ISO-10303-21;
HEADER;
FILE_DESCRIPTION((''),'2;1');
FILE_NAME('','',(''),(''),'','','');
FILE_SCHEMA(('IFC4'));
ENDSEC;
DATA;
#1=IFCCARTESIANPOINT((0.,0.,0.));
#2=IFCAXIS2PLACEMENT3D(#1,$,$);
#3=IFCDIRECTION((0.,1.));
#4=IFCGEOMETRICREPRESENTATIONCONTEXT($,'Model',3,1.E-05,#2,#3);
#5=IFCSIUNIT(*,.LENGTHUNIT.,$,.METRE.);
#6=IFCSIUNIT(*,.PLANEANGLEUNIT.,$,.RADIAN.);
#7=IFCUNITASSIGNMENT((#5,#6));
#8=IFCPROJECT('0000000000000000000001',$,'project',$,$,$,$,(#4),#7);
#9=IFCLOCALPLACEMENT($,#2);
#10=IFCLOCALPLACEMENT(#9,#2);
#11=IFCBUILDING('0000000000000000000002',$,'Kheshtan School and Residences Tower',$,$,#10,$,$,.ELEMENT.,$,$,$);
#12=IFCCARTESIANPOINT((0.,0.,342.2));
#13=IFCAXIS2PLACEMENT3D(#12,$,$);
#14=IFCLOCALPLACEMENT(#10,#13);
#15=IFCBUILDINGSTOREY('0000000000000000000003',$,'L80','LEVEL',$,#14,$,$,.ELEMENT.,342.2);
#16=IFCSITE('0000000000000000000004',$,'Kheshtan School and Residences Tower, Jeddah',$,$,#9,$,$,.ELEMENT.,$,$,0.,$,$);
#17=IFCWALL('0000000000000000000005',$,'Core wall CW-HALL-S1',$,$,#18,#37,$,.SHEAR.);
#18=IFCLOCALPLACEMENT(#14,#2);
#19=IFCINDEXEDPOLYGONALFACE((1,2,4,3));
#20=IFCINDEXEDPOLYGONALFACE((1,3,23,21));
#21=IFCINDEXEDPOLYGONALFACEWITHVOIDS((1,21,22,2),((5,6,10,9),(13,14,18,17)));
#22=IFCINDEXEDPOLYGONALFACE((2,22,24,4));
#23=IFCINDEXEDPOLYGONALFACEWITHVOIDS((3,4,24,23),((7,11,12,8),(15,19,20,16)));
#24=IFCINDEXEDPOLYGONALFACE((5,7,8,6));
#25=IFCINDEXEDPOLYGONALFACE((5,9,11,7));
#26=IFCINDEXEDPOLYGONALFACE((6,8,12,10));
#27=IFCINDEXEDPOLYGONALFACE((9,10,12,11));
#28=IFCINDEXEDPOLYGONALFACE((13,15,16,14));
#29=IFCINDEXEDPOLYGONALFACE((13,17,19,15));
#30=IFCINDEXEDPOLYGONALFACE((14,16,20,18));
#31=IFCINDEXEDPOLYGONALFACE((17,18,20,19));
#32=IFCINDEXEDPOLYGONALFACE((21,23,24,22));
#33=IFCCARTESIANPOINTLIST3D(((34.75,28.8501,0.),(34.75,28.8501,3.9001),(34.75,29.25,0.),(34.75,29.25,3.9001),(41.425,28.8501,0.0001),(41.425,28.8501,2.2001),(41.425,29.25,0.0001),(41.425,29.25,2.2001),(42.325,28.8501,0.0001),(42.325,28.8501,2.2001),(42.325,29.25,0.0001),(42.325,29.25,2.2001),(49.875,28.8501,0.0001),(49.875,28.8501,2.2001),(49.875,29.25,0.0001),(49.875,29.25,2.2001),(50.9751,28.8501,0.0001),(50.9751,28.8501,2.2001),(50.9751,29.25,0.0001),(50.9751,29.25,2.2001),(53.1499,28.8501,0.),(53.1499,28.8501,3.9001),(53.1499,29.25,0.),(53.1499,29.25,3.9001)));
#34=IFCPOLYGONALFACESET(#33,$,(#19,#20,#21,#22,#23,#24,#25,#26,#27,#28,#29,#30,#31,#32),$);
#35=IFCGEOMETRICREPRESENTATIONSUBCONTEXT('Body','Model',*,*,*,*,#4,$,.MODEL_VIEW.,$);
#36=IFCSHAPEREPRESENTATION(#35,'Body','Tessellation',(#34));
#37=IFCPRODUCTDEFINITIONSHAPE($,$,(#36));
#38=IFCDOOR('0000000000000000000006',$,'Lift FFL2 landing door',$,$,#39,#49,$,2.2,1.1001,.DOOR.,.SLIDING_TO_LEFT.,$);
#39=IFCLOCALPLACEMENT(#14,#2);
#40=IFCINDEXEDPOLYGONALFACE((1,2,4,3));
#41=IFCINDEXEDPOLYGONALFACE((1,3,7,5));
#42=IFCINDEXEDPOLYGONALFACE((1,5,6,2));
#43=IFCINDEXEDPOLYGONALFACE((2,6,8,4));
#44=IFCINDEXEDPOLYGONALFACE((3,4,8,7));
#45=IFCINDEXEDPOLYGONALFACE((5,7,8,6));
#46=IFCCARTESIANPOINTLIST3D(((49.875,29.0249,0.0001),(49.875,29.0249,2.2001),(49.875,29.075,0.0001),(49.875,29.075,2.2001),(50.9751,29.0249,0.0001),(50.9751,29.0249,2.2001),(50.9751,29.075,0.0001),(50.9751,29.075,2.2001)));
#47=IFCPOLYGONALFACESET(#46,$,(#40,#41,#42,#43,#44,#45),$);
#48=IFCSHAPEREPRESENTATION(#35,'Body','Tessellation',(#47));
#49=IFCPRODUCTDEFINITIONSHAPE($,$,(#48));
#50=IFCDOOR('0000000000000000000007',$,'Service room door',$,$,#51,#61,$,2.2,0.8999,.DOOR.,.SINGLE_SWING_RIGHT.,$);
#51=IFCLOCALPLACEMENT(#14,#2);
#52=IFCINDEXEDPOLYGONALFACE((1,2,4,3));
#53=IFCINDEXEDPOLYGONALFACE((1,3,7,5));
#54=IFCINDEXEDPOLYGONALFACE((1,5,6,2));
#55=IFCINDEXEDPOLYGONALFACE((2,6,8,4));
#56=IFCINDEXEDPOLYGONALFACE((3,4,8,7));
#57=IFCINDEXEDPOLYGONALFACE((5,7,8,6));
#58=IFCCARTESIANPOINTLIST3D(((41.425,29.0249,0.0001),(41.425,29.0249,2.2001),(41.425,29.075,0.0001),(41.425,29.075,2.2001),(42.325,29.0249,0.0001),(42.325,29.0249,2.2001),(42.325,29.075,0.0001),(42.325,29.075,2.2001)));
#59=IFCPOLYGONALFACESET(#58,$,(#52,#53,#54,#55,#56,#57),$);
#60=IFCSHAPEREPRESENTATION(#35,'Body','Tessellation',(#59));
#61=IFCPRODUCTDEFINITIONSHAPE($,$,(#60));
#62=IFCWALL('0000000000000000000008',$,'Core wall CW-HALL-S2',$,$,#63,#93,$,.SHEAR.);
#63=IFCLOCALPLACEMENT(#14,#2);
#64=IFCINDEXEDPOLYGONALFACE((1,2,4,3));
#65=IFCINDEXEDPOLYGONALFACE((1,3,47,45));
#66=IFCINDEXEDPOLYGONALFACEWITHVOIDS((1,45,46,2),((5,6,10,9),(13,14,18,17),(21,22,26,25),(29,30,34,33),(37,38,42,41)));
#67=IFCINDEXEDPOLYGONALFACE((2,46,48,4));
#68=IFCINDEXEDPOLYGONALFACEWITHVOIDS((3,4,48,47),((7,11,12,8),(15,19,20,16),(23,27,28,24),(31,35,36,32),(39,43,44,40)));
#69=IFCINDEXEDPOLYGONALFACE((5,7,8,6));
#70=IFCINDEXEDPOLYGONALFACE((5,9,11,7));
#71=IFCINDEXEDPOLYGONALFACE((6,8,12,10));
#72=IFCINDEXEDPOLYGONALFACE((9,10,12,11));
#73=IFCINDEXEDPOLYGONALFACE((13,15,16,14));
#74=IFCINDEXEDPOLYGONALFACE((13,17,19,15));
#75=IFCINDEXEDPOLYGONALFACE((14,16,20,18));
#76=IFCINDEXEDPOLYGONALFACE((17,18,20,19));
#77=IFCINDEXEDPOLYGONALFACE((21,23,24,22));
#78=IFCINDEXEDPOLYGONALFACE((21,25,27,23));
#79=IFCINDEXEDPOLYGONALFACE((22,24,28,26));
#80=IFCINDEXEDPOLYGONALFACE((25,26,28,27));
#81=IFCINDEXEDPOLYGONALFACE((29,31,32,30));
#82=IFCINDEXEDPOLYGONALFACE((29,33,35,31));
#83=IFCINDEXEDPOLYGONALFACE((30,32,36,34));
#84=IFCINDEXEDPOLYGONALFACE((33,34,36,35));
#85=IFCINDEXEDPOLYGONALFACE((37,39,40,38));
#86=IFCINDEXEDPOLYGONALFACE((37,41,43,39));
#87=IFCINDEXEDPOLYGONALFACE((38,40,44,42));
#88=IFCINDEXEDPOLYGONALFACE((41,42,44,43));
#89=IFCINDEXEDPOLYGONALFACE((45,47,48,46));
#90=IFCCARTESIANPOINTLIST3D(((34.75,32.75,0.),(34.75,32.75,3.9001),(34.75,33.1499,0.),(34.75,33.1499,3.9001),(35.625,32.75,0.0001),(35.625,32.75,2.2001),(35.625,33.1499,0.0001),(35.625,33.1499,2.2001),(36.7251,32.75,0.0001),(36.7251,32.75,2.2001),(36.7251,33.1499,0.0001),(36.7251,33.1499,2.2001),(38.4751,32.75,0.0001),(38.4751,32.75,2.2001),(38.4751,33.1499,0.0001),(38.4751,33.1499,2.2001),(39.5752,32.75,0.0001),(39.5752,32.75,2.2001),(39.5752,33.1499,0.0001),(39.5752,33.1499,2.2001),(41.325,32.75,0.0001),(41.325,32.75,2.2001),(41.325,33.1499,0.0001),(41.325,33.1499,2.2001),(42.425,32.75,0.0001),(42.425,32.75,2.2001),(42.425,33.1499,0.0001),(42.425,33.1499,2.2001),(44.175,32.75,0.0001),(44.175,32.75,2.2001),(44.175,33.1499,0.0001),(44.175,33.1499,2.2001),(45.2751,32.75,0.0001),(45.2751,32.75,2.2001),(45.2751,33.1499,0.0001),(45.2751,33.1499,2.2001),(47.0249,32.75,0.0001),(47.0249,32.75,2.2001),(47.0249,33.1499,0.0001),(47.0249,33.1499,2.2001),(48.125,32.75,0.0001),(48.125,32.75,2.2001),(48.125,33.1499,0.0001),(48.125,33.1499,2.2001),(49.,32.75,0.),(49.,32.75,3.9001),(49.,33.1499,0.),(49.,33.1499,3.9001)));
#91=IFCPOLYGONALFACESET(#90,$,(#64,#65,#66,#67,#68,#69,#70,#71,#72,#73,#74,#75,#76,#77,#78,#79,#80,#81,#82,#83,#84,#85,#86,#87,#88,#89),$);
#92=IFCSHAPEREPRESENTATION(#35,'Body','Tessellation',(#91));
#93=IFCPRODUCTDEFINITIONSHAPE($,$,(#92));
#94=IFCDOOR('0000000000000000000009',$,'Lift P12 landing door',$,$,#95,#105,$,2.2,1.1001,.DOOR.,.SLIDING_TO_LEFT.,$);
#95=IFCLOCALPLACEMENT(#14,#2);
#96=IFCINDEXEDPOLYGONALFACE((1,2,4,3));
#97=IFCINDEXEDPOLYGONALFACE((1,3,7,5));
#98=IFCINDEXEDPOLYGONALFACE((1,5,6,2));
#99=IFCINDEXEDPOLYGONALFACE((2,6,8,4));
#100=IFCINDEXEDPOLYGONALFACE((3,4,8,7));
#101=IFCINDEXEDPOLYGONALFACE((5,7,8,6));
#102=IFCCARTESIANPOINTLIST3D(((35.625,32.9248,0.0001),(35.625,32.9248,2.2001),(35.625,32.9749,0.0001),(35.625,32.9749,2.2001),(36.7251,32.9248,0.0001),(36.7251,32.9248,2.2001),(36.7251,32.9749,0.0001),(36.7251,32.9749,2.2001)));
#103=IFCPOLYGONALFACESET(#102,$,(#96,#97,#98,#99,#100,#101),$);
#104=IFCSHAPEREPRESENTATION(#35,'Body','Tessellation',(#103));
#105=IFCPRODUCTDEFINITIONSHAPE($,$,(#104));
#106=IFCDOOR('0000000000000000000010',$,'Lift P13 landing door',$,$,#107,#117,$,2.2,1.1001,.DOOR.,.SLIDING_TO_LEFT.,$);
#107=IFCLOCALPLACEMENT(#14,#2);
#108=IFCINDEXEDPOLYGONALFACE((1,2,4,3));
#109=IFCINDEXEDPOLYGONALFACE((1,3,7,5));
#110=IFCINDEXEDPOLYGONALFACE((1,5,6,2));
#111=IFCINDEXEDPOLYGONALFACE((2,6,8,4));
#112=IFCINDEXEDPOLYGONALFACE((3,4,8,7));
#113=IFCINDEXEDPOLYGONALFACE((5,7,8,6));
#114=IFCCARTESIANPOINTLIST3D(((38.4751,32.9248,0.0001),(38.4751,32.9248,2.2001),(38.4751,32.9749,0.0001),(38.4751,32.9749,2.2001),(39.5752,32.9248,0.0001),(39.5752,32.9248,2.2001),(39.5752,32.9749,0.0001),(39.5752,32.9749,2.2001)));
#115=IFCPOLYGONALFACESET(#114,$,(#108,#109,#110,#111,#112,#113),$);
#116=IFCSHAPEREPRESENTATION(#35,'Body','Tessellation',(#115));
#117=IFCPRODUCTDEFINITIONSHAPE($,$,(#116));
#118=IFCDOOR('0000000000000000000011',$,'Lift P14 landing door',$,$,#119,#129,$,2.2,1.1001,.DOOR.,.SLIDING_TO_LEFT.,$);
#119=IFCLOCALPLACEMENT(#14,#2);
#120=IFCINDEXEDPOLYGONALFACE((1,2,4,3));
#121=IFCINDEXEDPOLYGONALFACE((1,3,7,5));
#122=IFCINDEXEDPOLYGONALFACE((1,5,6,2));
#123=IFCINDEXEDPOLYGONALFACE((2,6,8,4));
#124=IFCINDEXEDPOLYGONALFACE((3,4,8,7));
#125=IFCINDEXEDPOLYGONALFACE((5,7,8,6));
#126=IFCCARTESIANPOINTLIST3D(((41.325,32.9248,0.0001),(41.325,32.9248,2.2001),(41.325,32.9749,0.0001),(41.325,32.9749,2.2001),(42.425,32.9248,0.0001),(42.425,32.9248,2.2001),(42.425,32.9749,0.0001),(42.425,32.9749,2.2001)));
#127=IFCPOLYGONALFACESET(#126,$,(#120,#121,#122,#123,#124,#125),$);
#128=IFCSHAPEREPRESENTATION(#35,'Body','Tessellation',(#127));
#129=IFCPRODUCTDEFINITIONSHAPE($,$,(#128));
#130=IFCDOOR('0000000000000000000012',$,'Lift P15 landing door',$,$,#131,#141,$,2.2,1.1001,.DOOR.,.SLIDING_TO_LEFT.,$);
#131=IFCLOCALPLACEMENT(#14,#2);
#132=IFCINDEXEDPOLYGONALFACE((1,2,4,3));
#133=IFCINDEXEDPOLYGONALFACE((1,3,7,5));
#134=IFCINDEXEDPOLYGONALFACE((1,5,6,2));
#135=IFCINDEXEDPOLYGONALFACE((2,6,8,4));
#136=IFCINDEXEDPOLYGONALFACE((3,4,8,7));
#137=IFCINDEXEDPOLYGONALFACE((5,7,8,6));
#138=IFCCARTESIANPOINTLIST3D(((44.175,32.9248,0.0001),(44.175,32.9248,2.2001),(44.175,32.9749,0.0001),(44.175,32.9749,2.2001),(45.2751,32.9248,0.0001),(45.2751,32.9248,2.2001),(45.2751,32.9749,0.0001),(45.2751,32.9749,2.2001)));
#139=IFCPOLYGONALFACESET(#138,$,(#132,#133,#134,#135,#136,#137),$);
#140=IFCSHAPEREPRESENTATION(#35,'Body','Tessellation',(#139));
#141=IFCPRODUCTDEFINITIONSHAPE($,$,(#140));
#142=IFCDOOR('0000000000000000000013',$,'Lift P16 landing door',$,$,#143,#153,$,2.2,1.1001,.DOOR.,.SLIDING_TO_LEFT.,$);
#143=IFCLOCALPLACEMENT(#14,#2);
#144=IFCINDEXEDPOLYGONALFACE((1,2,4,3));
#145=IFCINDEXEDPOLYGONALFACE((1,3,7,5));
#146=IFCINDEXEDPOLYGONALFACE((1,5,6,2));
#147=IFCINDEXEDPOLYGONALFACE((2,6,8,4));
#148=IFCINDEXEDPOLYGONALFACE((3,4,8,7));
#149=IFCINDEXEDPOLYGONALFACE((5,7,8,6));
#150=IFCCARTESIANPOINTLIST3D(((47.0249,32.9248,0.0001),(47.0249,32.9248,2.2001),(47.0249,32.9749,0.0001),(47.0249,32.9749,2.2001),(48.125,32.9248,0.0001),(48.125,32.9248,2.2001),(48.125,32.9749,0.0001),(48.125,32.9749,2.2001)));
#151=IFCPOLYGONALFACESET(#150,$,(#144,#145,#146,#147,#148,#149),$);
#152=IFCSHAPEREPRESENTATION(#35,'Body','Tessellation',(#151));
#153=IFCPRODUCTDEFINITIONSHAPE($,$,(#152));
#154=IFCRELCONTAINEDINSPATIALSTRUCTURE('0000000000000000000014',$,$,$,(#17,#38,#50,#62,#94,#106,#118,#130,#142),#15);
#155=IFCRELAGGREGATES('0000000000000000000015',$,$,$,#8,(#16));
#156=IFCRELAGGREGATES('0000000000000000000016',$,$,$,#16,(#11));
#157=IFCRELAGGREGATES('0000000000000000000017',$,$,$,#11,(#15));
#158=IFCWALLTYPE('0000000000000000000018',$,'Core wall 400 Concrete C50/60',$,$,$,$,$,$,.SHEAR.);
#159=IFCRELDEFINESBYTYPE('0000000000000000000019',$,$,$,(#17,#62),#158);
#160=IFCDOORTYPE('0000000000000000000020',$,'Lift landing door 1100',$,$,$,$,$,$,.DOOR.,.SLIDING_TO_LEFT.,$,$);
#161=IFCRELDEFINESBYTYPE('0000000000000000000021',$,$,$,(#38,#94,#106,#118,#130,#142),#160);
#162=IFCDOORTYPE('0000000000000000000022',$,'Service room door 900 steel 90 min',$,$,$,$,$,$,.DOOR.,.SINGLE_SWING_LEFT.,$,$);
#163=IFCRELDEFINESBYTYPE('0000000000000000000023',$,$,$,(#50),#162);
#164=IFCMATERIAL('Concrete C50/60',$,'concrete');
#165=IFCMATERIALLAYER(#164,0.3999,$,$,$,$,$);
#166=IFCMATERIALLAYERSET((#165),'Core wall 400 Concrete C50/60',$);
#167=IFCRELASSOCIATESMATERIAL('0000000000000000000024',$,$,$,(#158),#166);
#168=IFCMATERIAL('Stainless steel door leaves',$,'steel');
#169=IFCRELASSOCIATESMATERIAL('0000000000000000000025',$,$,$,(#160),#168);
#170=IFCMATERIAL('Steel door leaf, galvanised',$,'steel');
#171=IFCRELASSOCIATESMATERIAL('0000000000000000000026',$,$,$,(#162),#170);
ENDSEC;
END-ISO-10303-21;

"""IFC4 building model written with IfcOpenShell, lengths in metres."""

from ifc_helpers import new_model, si_unit, direction, frame, frame_2d, origin, place, context, subcontext, project, spatial, rectangle, extrude, source, transform, mapped, material, layer, layer_set, type_object, element, fill, save


model = new_model("IFC4")

# Units and contexts
model_context = context("Model", 3, precision=1e-05, world=origin(), true_north=direction((0.0, 1.0)))
body_context = subcontext(model_context, "Body", "Model", "MODEL_VIEW")
ifc_project = project(units=[si_unit("LENGTHUNIT", "METRE"), si_unit("PLANEANGLEUNIT", "RADIAN")], contexts=[model_context])

# Site, building, storey
site_placement = place(None, origin())
site = spatial("IfcSite", under=ifc_project, at=site_placement, Name="Kheshtan School and Residences Tower, Jeddah", CompositionType="ELEMENT", RefElevation=0.0)
building_placement = place(site_placement, origin())
building = spatial("IfcBuilding", under=site, at=building_placement, Name="Kheshtan School and Residences Tower", CompositionType="ELEMENT")
storey_placement = place(building_placement, frame((0.0, 0.0, 342.2)))
storey = spatial("IfcBuildingStorey", under=building, at=storey_placement, Name="L80", Description="LEVEL", CompositionType="ELEMENT", Elevation=342.2)

# Walls, openings, doors
ifc_material_1 = material(Name="Concrete C50/60", Category="concrete")
ifc_layer_1 = layer(ifc_material_1, 0.3999)
ifc_layer_set_1 = layer_set([ifc_layer_1], Name="Core wall 400 Concrete C50/60")
wall_type_1 = type_object("IfcWallType", Name="Core wall 400 Concrete C50/60", PredefinedType="SHEAR", material=ifc_layer_set_1)
wall_1_placement = place(storey_placement, frame((34.75, 29.05, 0.0), z_axis=(0.0, 0.0, 1.0), x_axis=(1.0, 0.0, 0.0)))
wall_1 = element("IfcWall", 1, at=wall_1_placement, inside=storey, type_object=wall_type_1, Name="Core wall CW-HALL-S1", PredefinedType="SHEAR", context=body_context, shape_type="SweptSolid", body=[
    extrude(rectangle(XDim=18.3999, YDim=0.3999, at=frame_2d((9.2, 0.0))), origin(), (0.0, 0.0, 1.0), 3.9001),
])
opening_1_placement = place(wall_1_placement, frame((15.125, 0.0, 0.0)))
opening_1 = element("IfcOpeningElement", 2, at=opening_1_placement, cuts=wall_1, PredefinedType="OPENING", context=body_context, shape_type="SweptSolid", body=[
    extrude(rectangle(XDim=1.1001, YDim=2.2, at=frame_2d((0.55, 1.1001))), frame((0.0, 0.21, 0.0), z_axis=(0.0, -1.0, 0.0), x_axis=(1.0, 0.0, 0.0)), (0.0, 0.0, 1.0), 0.4199),
])
opening_2_placement = place(wall_1_placement, frame((6.675, 0.0, 0.0)))
opening_2 = element("IfcOpeningElement", 3, at=opening_2_placement, cuts=wall_1, PredefinedType="OPENING", context=body_context, shape_type="SweptSolid", body=[
    extrude(rectangle(XDim=0.8999, YDim=2.2, at=frame_2d((0.45, 1.1001))), frame((0.0, 0.21, 0.0), z_axis=(0.0, -1.0, 0.0), x_axis=(1.0, 0.0, 0.0)), (0.0, 0.0, 1.0), 0.4199),
])
ifc_material_2 = material(Name="Stainless steel door leaves", Category="steel")
door_type_1 = type_object("IfcDoorType", Name="Lift landing door 1100", OperationType="SLIDING_TO_LEFT", PredefinedType="DOOR", material=ifc_material_2)
shared_shape_1 = source(origin(), body_context, "Body", "SweptSolid", [
    extrude(rectangle(XDim=1.1001, YDim=2.2, at=frame_2d((0.55, 1.1001))), frame((0.0, 0.0249, 0.0), z_axis=(0.0, -1.0, 0.0), x_axis=(1.0, 0.0, 0.0)), (0.0, 0.0, 1.0), 0.05),
])
door_1_placement = place(opening_1_placement, origin())
door_1 = element("IfcDoor", 4, at=door_1_placement, inside=storey, type_object=door_type_1, Name="Lift FFL2 landing door", OperationType="SLIDING_TO_LEFT", OverallHeight=2.2, OverallWidth=1.1001, PredefinedType="DOOR", context=body_context, shape_type="MappedRepresentation", body=[
    mapped(shared_shape_1, transform((0.0, 0.0, 0.0), x_axis=(1.0, 0.0, 0.0), y_axis=(0.0, 1.0, 0.0), z_axis=(0.0, 0.0, 1.0), scale=1.0)),
])
fill(opening_1, door_1)
ifc_material_3 = material(Name="Steel door leaf, galvanised", Category="steel")
door_type_2 = type_object("IfcDoorType", Name="Service room door 900 steel 90 min", OperationType="SINGLE_SWING_LEFT", PredefinedType="DOOR", material=ifc_material_3)
shared_shape_2 = source(origin(), body_context, "Body", "SweptSolid", [
    extrude(rectangle(XDim=0.8999, YDim=2.2, at=frame_2d((0.45, 1.1001))), frame((0.0, 0.0249, 0.0), z_axis=(0.0, -1.0, 0.0), x_axis=(1.0, 0.0, 0.0)), (0.0, 0.0, 1.0), 0.05),
])
door_2_placement = place(opening_2_placement, origin())
door_2 = element("IfcDoor", 5, at=door_2_placement, inside=storey, type_object=door_type_2, Name="Service room door", OperationType="SINGLE_SWING_RIGHT", OverallHeight=2.2, OverallWidth=0.8999, PredefinedType="DOOR", context=body_context, shape_type="MappedRepresentation", body=[
    mapped(shared_shape_2, transform((0.0, 0.0, 0.0), x_axis=(1.0, 0.0, 0.0), y_axis=(0.0, 1.0, 0.0), z_axis=(0.0, 0.0, 1.0), scale=1.0)),
])
fill(opening_2, door_2)
wall_2_placement = place(storey_placement, frame((34.75, 32.95, 0.0), z_axis=(0.0, 0.0, 1.0), x_axis=(1.0, 0.0, 0.0)))
wall_2 = element("IfcWall", 6, at=wall_2_placement, inside=storey, type_object=wall_type_1, Name="Core wall CW-HALL-S2", PredefinedType="SHEAR", context=body_context, shape_type="SweptSolid", body=[
    extrude(rectangle(XDim=14.25, YDim=0.3999, at=frame_2d((7.125, 0.0))), origin(), (0.0, 0.0, 1.0), 3.9001),
])
opening_3_placement = place(wall_2_placement, frame((0.875, 0.0, 0.0)))
opening_3 = element("IfcOpeningElement", 7, at=opening_3_placement, cuts=wall_2, PredefinedType="OPENING", context=body_context, shape_type="SweptSolid", body=[
    extrude(rectangle(XDim=1.1001, YDim=2.2, at=frame_2d((0.55, 1.1001))), frame((0.0, 0.21, 0.0), z_axis=(0.0, -1.0, 0.0), x_axis=(1.0, 0.0, 0.0)), (0.0, 0.0, 1.0), 0.4199),
])
opening_4_placement = place(wall_2_placement, frame((3.7251, 0.0, 0.0)))
opening_4 = element("IfcOpeningElement", 8, at=opening_4_placement, cuts=wall_2, PredefinedType="OPENING", context=body_context, shape_type="SweptSolid", body=[
    extrude(rectangle(XDim=1.1001, YDim=2.2, at=frame_2d((0.55, 1.1001))), frame((0.0, 0.21, 0.0), z_axis=(0.0, -1.0, 0.0), x_axis=(1.0, 0.0, 0.0)), (0.0, 0.0, 1.0), 0.4199),
])
opening_5_placement = place(wall_2_placement, frame((6.575, 0.0, 0.0)))
opening_5 = element("IfcOpeningElement", 9, at=opening_5_placement, cuts=wall_2, PredefinedType="OPENING", context=body_context, shape_type="SweptSolid", body=[
    extrude(rectangle(XDim=1.1001, YDim=2.2, at=frame_2d((0.55, 1.1001))), frame((0.0, 0.21, 0.0), z_axis=(0.0, -1.0, 0.0), x_axis=(1.0, 0.0, 0.0)), (0.0, 0.0, 1.0), 0.4199),
])
opening_6_placement = place(wall_2_placement, frame((9.425, 0.0, 0.0)))
opening_6 = element("IfcOpeningElement", 10, at=opening_6_placement, cuts=wall_2, PredefinedType="OPENING", context=body_context, shape_type="SweptSolid", body=[
    extrude(rectangle(XDim=1.1001, YDim=2.2, at=frame_2d((0.55, 1.1001))), frame((0.0, 0.21, 0.0), z_axis=(0.0, -1.0, 0.0), x_axis=(1.0, 0.0, 0.0)), (0.0, 0.0, 1.0), 0.4199),
])
opening_7_placement = place(wall_2_placement, frame((12.2749, 0.0, 0.0)))
opening_7 = element("IfcOpeningElement", 11, at=opening_7_placement, cuts=wall_2, PredefinedType="OPENING", context=body_context, shape_type="SweptSolid", body=[
    extrude(rectangle(XDim=1.1001, YDim=2.2, at=frame_2d((0.55, 1.1001))), frame((0.0, 0.21, 0.0), z_axis=(0.0, -1.0, 0.0), x_axis=(1.0, 0.0, 0.0)), (0.0, 0.0, 1.0), 0.4199),
])
door_3_placement = place(opening_3_placement, origin())
door_3 = element("IfcDoor", 12, at=door_3_placement, inside=storey, type_object=door_type_1, Name="Lift P12 landing door", OperationType="SLIDING_TO_LEFT", OverallHeight=2.2, OverallWidth=1.1001, PredefinedType="DOOR", context=body_context, shape_type="MappedRepresentation", body=[
    mapped(shared_shape_1, transform((0.0, 0.0, 0.0), x_axis=(1.0, 0.0, 0.0), y_axis=(0.0, 1.0, 0.0), z_axis=(0.0, 0.0, 1.0), scale=1.0)),
])
fill(opening_3, door_3)
door_4_placement = place(opening_4_placement, origin())
door_4 = element("IfcDoor", 13, at=door_4_placement, inside=storey, type_object=door_type_1, Name="Lift P13 landing door", OperationType="SLIDING_TO_LEFT", OverallHeight=2.2, OverallWidth=1.1001, PredefinedType="DOOR", context=body_context, shape_type="MappedRepresentation", body=[
    mapped(shared_shape_1, transform((0.0, 0.0, 0.0), x_axis=(1.0, 0.0, 0.0), y_axis=(0.0, 1.0, 0.0), z_axis=(0.0, 0.0, 1.0), scale=1.0)),
])
fill(opening_4, door_4)
door_5_placement = place(opening_5_placement, origin())
door_5 = element("IfcDoor", 14, at=door_5_placement, inside=storey, type_object=door_type_1, Name="Lift P14 landing door", OperationType="SLIDING_TO_LEFT", OverallHeight=2.2, OverallWidth=1.1001, PredefinedType="DOOR", context=body_context, shape_type="MappedRepresentation", body=[
    mapped(shared_shape_1, transform((0.0, 0.0, 0.0), x_axis=(1.0, 0.0, 0.0), y_axis=(0.0, 1.0, 0.0), z_axis=(0.0, 0.0, 1.0), scale=1.0)),
])
fill(opening_5, door_5)
door_6_placement = place(opening_6_placement, origin())
door_6 = element("IfcDoor", 15, at=door_6_placement, inside=storey, type_object=door_type_1, Name="Lift P15 landing door", OperationType="SLIDING_TO_LEFT", OverallHeight=2.2, OverallWidth=1.1001, PredefinedType="DOOR", context=body_context, shape_type="MappedRepresentation", body=[
    mapped(shared_shape_1, transform((0.0, 0.0, 0.0), x_axis=(1.0, 0.0, 0.0), y_axis=(0.0, 1.0, 0.0), z_axis=(0.0, 0.0, 1.0), scale=1.0)),
])
fill(opening_6, door_6)
door_7_placement = place(opening_7_placement, origin())
door_7 = element("IfcDoor", 16, at=door_7_placement, inside=storey, type_object=door_type_1, Name="Lift P16 landing door", OperationType="SLIDING_TO_LEFT", OverallHeight=2.2, OverallWidth=1.1001, PredefinedType="DOOR", context=body_context, shape_type="MappedRepresentation", body=[
    mapped(shared_shape_1, transform((0.0, 0.0, 0.0), x_axis=(1.0, 0.0, 0.0), y_axis=(0.0, 1.0, 0.0), z_axis=(0.0, 0.0, 1.0), scale=1.0)),
])
fill(opening_7, door_7)

save(model, "model.ifc")
